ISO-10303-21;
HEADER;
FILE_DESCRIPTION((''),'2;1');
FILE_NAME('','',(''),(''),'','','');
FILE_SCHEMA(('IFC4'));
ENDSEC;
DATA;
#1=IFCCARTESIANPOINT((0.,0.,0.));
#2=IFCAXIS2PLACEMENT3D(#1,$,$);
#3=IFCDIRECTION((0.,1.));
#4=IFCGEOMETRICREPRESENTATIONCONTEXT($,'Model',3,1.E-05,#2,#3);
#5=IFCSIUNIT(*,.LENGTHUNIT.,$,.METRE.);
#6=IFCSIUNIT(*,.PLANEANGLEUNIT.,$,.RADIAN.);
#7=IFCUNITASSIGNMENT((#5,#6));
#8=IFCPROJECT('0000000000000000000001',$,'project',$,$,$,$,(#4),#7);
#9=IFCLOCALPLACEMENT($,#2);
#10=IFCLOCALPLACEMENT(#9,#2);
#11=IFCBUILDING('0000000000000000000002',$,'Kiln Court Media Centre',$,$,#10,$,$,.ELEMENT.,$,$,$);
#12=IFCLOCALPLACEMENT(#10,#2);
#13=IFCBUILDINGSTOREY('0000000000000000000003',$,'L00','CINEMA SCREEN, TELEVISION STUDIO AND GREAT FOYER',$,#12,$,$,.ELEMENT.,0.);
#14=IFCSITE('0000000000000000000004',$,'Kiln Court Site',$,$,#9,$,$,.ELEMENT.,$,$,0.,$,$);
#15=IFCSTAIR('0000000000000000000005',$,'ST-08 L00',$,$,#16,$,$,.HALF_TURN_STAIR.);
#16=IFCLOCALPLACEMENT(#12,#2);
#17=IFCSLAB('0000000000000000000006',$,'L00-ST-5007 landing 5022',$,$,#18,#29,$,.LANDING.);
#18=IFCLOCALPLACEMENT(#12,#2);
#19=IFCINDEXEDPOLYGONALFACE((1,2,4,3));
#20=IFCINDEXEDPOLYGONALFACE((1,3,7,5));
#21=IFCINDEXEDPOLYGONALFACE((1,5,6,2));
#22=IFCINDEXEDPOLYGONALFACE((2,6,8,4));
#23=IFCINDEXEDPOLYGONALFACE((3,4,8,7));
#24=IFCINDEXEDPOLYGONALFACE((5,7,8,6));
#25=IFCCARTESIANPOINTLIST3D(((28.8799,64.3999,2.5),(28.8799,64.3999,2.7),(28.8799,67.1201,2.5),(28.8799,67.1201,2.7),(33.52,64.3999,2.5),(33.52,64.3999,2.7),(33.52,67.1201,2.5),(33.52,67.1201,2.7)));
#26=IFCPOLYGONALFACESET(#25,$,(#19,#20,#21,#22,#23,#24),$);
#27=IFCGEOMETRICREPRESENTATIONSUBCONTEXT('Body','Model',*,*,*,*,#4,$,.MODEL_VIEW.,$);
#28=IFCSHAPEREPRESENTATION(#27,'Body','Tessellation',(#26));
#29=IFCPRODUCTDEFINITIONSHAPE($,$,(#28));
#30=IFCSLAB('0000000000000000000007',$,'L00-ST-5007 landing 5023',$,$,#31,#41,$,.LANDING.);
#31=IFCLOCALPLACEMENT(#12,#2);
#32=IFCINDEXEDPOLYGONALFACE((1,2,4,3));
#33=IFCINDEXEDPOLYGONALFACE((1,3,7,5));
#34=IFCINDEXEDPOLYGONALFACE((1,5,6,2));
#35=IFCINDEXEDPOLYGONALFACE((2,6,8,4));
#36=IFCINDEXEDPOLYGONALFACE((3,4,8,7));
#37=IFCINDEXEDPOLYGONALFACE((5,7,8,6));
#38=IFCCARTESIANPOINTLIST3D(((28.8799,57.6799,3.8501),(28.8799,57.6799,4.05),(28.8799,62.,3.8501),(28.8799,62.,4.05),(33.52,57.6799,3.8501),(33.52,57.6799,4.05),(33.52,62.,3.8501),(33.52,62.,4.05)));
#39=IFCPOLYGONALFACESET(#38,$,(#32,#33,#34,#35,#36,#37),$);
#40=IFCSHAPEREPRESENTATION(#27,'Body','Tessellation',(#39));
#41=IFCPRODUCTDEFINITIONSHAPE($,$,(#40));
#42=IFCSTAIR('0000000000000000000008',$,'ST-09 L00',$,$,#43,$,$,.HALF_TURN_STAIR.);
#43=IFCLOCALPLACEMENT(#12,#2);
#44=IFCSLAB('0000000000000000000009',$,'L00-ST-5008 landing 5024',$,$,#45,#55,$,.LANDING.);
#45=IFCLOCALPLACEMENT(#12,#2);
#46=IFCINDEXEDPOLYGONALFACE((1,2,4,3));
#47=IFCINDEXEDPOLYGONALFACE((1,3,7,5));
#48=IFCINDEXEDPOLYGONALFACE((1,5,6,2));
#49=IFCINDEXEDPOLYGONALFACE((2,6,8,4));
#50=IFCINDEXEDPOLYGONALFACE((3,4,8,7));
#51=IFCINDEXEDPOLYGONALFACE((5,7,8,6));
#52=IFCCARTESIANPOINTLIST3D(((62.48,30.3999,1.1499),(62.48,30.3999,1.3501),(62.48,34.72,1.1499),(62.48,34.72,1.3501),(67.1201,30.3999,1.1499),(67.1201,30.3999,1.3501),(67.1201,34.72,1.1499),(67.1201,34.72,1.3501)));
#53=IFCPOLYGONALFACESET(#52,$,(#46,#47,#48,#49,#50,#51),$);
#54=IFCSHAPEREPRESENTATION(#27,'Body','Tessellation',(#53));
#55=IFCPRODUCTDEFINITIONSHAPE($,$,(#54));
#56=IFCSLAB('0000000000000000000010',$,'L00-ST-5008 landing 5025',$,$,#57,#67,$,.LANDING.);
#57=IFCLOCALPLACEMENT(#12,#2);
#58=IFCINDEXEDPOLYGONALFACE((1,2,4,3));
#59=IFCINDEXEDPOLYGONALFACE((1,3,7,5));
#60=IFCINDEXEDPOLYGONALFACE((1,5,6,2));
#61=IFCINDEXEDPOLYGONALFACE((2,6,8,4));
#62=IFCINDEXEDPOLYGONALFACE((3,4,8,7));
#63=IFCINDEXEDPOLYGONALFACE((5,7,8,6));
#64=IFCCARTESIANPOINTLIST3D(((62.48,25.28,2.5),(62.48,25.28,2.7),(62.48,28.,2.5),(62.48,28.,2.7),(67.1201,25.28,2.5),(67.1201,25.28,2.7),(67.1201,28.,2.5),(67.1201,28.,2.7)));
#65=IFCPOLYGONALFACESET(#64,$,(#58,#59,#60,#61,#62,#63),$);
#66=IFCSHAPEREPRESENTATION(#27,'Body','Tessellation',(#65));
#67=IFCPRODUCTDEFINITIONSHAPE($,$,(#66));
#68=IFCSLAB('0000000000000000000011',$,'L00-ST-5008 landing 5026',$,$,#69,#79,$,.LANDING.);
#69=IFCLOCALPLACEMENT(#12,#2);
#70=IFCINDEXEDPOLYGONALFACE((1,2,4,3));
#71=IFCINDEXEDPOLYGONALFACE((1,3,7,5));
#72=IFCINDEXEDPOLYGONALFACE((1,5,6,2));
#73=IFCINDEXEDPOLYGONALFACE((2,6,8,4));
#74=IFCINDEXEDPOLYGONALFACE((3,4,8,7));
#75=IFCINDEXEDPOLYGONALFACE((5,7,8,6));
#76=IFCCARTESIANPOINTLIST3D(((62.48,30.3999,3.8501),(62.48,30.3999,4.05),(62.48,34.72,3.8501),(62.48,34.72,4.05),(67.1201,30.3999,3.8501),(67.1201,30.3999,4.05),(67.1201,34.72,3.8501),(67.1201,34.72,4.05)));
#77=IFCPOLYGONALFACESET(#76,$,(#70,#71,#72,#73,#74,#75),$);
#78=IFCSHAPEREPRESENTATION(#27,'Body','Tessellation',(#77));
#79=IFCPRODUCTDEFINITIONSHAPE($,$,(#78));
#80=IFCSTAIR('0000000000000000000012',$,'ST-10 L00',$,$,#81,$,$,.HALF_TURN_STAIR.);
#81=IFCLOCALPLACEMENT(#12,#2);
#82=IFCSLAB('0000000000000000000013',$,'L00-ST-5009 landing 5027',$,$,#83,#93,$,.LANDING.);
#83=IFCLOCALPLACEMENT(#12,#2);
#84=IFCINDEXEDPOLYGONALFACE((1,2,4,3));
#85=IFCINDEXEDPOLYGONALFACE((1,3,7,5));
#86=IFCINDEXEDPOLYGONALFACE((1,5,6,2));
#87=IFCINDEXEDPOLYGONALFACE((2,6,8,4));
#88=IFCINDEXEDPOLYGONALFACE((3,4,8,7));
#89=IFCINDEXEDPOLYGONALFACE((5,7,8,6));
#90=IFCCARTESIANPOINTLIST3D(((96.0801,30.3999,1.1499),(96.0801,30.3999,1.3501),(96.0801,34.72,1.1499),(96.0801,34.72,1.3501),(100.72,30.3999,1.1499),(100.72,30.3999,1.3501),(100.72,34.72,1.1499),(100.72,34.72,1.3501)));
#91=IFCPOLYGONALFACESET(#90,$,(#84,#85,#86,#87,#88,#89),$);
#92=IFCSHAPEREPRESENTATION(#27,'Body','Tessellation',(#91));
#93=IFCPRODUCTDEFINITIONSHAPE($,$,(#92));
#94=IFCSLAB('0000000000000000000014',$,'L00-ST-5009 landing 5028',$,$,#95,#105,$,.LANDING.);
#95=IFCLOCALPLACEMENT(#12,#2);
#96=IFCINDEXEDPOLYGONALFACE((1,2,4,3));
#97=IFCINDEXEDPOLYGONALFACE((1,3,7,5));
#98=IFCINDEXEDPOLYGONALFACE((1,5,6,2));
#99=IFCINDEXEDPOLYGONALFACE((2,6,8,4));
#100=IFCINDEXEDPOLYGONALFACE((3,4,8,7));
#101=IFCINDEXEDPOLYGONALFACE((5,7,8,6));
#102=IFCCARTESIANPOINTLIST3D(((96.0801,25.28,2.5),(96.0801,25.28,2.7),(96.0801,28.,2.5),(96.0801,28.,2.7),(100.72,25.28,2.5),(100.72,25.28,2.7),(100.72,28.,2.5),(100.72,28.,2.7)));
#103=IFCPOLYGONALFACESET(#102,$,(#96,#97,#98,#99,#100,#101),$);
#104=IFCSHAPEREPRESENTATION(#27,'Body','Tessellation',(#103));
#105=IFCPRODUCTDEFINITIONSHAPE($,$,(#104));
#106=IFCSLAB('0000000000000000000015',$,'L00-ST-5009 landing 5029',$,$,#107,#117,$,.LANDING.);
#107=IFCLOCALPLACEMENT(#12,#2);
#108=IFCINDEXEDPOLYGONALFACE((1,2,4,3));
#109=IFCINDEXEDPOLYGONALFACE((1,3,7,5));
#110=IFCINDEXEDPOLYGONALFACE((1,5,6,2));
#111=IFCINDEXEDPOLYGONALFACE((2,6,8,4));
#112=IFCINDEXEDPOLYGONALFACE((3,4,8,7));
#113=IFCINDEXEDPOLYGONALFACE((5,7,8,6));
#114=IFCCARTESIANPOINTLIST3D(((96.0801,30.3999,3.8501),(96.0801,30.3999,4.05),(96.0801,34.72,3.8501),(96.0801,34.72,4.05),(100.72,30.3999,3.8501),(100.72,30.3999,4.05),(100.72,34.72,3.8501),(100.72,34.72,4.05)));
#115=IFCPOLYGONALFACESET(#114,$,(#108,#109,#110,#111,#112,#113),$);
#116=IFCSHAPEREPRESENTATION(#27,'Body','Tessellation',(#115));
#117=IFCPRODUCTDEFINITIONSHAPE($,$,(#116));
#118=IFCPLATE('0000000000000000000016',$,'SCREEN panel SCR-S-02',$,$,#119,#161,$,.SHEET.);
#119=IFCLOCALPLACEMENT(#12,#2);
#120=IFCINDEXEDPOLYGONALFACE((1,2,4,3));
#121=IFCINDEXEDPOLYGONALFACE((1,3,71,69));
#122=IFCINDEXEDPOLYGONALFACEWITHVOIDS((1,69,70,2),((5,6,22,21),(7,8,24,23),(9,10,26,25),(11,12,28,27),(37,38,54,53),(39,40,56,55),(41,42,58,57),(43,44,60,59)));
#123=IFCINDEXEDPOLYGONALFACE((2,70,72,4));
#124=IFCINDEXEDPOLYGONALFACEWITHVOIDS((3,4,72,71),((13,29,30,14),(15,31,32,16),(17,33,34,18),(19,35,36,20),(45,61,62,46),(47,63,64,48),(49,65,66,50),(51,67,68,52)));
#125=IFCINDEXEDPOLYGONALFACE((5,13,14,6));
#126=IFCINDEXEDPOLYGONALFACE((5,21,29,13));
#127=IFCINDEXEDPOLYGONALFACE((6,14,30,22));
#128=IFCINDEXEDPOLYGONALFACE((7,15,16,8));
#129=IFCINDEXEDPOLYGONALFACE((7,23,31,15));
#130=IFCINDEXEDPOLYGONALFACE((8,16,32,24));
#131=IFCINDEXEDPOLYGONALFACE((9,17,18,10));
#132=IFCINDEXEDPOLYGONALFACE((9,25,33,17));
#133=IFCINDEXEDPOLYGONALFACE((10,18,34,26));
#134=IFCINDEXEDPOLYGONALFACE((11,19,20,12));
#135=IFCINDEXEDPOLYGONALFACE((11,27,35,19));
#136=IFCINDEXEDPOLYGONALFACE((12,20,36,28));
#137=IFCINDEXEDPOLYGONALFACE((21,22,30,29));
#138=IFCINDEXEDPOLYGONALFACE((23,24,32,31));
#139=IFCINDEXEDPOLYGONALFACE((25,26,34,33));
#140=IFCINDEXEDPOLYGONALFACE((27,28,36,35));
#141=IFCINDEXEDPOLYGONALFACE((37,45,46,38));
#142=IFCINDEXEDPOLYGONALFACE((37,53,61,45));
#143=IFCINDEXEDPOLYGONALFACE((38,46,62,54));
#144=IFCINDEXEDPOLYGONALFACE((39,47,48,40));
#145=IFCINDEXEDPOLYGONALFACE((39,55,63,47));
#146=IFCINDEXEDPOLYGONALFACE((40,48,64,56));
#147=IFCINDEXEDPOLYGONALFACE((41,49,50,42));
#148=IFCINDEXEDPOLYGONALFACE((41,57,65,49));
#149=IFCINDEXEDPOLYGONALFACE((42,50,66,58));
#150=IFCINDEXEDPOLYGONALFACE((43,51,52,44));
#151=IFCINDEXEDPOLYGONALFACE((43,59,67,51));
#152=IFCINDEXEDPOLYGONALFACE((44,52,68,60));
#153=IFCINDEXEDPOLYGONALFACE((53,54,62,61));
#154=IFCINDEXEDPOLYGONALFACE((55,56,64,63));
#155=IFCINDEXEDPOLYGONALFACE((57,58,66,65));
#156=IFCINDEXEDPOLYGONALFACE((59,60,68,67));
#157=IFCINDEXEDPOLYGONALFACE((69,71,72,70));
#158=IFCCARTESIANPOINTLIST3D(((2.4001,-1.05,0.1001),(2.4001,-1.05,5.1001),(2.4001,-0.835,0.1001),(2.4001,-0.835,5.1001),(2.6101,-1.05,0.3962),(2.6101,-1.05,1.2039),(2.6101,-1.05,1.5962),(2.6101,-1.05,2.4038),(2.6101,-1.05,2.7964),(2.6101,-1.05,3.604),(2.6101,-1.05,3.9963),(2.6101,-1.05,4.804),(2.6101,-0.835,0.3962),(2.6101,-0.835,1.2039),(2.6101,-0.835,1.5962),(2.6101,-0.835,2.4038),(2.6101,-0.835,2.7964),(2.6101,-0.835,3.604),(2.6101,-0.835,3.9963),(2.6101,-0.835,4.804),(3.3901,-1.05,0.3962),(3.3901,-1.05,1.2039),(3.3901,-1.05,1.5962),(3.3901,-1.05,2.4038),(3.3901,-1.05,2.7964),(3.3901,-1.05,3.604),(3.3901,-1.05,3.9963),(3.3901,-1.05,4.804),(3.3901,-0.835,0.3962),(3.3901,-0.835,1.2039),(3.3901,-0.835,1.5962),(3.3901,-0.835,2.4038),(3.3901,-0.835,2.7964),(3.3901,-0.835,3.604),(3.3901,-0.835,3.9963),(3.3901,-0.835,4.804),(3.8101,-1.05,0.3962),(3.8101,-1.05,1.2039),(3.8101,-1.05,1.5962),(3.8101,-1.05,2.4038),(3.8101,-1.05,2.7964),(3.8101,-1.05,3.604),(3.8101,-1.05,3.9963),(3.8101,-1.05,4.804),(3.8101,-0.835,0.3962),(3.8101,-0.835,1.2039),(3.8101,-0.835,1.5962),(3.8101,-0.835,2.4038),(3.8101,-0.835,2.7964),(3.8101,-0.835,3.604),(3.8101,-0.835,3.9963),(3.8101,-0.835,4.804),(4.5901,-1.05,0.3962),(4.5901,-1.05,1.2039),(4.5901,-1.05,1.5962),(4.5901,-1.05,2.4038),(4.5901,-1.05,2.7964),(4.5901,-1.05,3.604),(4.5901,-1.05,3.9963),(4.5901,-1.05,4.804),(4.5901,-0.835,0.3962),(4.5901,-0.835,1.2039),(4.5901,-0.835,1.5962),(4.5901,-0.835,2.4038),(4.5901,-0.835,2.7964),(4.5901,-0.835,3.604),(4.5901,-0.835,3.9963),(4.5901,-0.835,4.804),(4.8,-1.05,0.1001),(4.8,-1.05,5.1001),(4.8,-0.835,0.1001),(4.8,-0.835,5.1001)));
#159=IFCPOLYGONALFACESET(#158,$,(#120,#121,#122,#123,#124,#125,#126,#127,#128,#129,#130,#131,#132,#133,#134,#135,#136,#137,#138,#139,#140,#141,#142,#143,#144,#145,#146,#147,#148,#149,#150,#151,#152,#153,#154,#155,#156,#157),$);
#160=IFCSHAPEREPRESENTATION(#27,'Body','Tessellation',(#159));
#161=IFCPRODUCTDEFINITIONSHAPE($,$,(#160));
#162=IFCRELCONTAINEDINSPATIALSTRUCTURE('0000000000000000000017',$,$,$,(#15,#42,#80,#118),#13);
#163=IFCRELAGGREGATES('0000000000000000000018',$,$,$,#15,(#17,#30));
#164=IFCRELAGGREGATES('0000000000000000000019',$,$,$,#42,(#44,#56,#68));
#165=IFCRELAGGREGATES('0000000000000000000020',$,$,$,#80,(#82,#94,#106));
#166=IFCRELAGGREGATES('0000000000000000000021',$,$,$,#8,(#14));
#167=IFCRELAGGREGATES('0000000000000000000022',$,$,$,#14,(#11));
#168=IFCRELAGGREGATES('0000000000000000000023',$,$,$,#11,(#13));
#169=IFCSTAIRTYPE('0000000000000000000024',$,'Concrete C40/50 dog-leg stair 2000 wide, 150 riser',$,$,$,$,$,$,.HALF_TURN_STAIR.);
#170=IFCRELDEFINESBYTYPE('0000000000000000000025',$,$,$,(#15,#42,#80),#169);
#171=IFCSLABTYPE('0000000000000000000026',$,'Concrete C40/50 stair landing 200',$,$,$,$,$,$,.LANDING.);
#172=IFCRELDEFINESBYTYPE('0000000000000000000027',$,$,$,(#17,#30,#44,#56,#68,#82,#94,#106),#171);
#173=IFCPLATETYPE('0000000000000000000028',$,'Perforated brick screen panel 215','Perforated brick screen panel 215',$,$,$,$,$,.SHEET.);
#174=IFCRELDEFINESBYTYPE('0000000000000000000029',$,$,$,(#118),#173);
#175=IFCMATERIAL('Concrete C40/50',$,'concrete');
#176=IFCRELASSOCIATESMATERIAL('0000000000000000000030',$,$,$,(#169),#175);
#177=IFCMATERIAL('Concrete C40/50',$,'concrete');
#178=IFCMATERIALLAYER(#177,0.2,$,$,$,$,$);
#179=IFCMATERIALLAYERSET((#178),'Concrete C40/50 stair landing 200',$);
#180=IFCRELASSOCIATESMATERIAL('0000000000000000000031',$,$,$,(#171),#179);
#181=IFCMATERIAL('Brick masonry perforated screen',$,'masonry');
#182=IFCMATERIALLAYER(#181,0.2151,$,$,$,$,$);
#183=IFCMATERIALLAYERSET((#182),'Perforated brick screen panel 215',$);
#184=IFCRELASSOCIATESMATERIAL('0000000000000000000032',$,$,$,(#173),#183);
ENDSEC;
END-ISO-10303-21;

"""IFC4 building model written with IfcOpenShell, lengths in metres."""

from ifc_helpers import new_model, si_unit, direction, frame, origin, place, context, subcontext, project, spatial, polyline, outline, extrude, material, layer, layer_set, type_object, element, aggregate, save


model = new_model("IFC4")

# Units and contexts
model_context = context("Model", 3, precision=1e-05, world=origin(), true_north=direction((0.0, 1.0)))
body_context = subcontext(model_context, "Body", "Model", "MODEL_VIEW")
ifc_project = project(units=[si_unit("LENGTHUNIT", "METRE"), si_unit("PLANEANGLEUNIT", "RADIAN")], contexts=[model_context])

# Site, building, storey
site_placement = place(None, origin())
site = spatial("IfcSite", under=ifc_project, at=site_placement, Name="Kiln Court Site", CompositionType="ELEMENT", RefElevation=0.0)
building_placement = place(site_placement, origin())
building = spatial("IfcBuilding", under=site, at=building_placement, Name="Kiln Court Media Centre", CompositionType="ELEMENT")
storey_placement = place(building_placement, origin())
storey = spatial("IfcBuildingStorey", under=building, at=storey_placement, Name="L00", Description="CINEMA SCREEN, TELEVISION STUDIO AND GREAT FOYER", CompositionType="ELEMENT", Elevation=0.0)

# Stairs, slabs
ifc_material_1 = material(Name="Concrete C40/50", Category="concrete")
stair_type = type_object("IfcStairType", Name="Concrete C40/50 dog-leg stair 2000 wide, 150 riser", PredefinedType="HALF_TURN_STAIR", material=ifc_material_1)
ifc_material_2 = material(Name="Concrete C40/50", Category="concrete")
ifc_layer_1 = layer(ifc_material_2, 0.2)
ifc_layer_set_1 = layer_set([ifc_layer_1], Name="Concrete C40/50 stair landing 200")
slab_type = type_object("IfcSlabType", Name="Concrete C40/50 stair landing 200", PredefinedType="LANDING", material=ifc_layer_set_1)
stair_1_placement = place(storey_placement, origin())
stair_1 = element("IfcStair", 1, at=stair_1_placement, inside=storey, type_object=stair_type, Name="ST-08 L00", PredefinedType="HALF_TURN_STAIR")
slab_1_placement = place(storey_placement, frame((0.0, 0.0, 2.5)))
slab_1 = element("IfcSlab", 2, at=slab_1_placement, type_object=slab_type, Name="L00-ST-5007 landing 5022", PredefinedType="LANDING", context=body_context, shape_type="SweptSolid", body=[
    extrude(outline(polyline([(28.8799, 67.1201), (28.8799, 64.3999), (33.52, 64.3999), (33.52, 67.1201), (28.8799, 67.1201)])), origin(), (0.0, 0.0, 1.0), 0.2),
])
slab_2_placement = place(storey_placement, frame((0.0, 0.0, 3.8501)))
slab_2 = element("IfcSlab", 3, at=slab_2_placement, type_object=slab_type, Name="L00-ST-5007 landing 5023", PredefinedType="LANDING", context=body_context, shape_type="SweptSolid", body=[
    extrude(outline(polyline([(28.8799, 62.0), (28.8799, 57.6799), (33.52, 57.6799), (33.52, 62.0), (28.8799, 62.0)])), origin(), (0.0, 0.0, 1.0), 0.2),
])
aggregate(stair_1, [slab_1, slab_2])
stair_2_placement = place(storey_placement, origin())
stair_2 = element("IfcStair", 4, at=stair_2_placement, inside=storey, type_object=stair_type, Name="ST-09 L00", PredefinedType="HALF_TURN_STAIR")
slab_3_placement = place(storey_placement, frame((0.0, 0.0, 1.1499)))
slab_3 = element("IfcSlab", 5, at=slab_3_placement, type_object=slab_type, Name="L00-ST-5008 landing 5024", PredefinedType="LANDING", context=body_context, shape_type="SweptSolid", body=[
    extrude(outline(polyline([(67.1201, 30.3999), (67.1201, 34.72), (62.48, 34.72), (62.48, 30.3999), (67.1201, 30.3999)])), origin(), (0.0, 0.0, 1.0), 0.2002),
])
slab_4_placement = place(storey_placement, frame((0.0, 0.0, 2.5)))
slab_4 = element("IfcSlab", 6, at=slab_4_placement, type_object=slab_type, Name="L00-ST-5008 landing 5025", PredefinedType="LANDING", context=body_context, shape_type="SweptSolid", body=[
    extrude(outline(polyline([(67.1201, 25.28), (67.1201, 28.0), (62.48, 28.0), (62.48, 25.28), (67.1201, 25.28)])), origin(), (0.0, 0.0, 1.0), 0.2),
])
slab_5_placement = place(storey_placement, frame((0.0, 0.0, 3.8501)))
slab_5 = element("IfcSlab", 7, at=slab_5_placement, type_object=slab_type, Name="L00-ST-5008 landing 5026", PredefinedType="LANDING", context=body_context, shape_type="SweptSolid", body=[
    extrude(outline(polyline([(67.1201, 30.3999), (67.1201, 34.72), (62.48, 34.72), (62.48, 30.3999), (67.1201, 30.3999)])), origin(), (0.0, 0.0, 1.0), 0.2),
])
aggregate(stair_2, [slab_3, slab_4, slab_5])
stair_3_placement = place(storey_placement, origin())
stair_3 = element("IfcStair", 8, at=stair_3_placement, inside=storey, type_object=stair_type, Name="ST-10 L00", PredefinedType="HALF_TURN_STAIR")
slab_6_placement = place(storey_placement, frame((0.0, 0.0, 1.1499)))
slab_6 = element("IfcSlab", 9, at=slab_6_placement, type_object=slab_type, Name="L00-ST-5009 landing 5027", PredefinedType="LANDING", context=body_context, shape_type="SweptSolid", body=[
    extrude(outline(polyline([(100.72, 30.3999), (100.72, 34.72), (96.0801, 34.72), (96.0801, 30.3999), (100.72, 30.3999)])), origin(), (0.0, 0.0, 1.0), 0.2002),
])
slab_7_placement = place(storey_placement, frame((0.0, 0.0, 2.5)))
slab_7 = element("IfcSlab", 10, at=slab_7_placement, type_object=slab_type, Name="L00-ST-5009 landing 5028", PredefinedType="LANDING", context=body_context, shape_type="SweptSolid", body=[
    extrude(outline(polyline([(100.72, 25.28), (100.72, 28.0), (96.0801, 28.0), (96.0801, 25.28), (100.72, 25.28)])), origin(), (0.0, 0.0, 1.0), 0.2),
])
slab_8_placement = place(storey_placement, frame((0.0, 0.0, 3.8501)))
slab_8 = element("IfcSlab", 11, at=slab_8_placement, type_object=slab_type, Name="L00-ST-5009 landing 5029", PredefinedType="LANDING", context=body_context, shape_type="SweptSolid", body=[
    extrude(outline(polyline([(100.72, 30.3999), (100.72, 34.72), (96.0801, 34.72), (96.0801, 30.3999), (100.72, 30.3999)])), origin(), (0.0, 0.0, 1.0), 0.2),
])
aggregate(stair_3, [slab_6, slab_7, slab_8])

# Plate
ifc_material_3 = material(Name="Brick masonry perforated screen", Category="masonry")
ifc_layer_2 = layer(ifc_material_3, 0.2151)
ifc_layer_set_2 = layer_set([ifc_layer_2], Name="Perforated brick screen panel 215")
plate_type = type_object("IfcPlateType", Name="Perforated brick screen panel 215", Description="Perforated brick screen panel 215", PredefinedType="SHEET", material=ifc_layer_set_2)
for number, where, z_axis, x_axis, name in (
    (12, (3.6001, -0.835, 0.1001), (0.0, -1.0, 0.0), (1.0, 0.0, 0.0), "SCREEN panel SCR-S-02"),
):
    element("IfcPlate", number, at=place(storey_placement, frame(where, z_axis=z_axis, x_axis=x_axis)), inside=storey, type_object=plate_type, Name=name, PredefinedType="SHEET", context=body_context, shape_type="SweptSolid", body=[
        extrude(outline(polyline([(-1.2, 0.0), (1.2, 0.0), (1.2, 5.0), (-1.2, 5.0), (-1.2, 0.0)]), holes=[polyline([(-0.99, 0.2961), (-0.21, 0.2961), (-0.21, 1.1038), (-0.99, 1.1038), (-0.99, 0.2961)]), polyline([(-0.99, 1.4961), (-0.21, 1.4961), (-0.21, 2.3037), (-0.99, 2.3037), (-0.99, 1.4961)]), polyline([(-0.99, 2.6963), (-0.21, 2.6963), (-0.21, 3.5039), (-0.99, 3.5039), (-0.99, 2.6963)]), polyline([(-0.99, 3.8962), (-0.21, 3.8962), (-0.21, 4.7039), (-0.99, 4.7039), (-0.99, 3.8962)]), polyline([(0.21, 0.2961), (0.99, 0.2961), (0.99, 1.1038), (0.21, 1.1038), (0.21, 0.2961)]), polyline([(0.21, 1.4961), (0.99, 1.4961), (0.99, 2.3037), (0.21, 2.3037), (0.21, 1.4961)]), polyline([(0.21, 2.6963), (0.99, 2.6963), (0.99, 3.5039), (0.21, 3.5039), (0.21, 2.6963)]), polyline([(0.21, 3.8962), (0.99, 3.8962), (0.99, 4.7039), (0.21, 4.7039), (0.21, 3.8962)])]), origin(), (0.0, 0.0, 1.0), 0.2151),
    ])

save(model, "model.ifc")
